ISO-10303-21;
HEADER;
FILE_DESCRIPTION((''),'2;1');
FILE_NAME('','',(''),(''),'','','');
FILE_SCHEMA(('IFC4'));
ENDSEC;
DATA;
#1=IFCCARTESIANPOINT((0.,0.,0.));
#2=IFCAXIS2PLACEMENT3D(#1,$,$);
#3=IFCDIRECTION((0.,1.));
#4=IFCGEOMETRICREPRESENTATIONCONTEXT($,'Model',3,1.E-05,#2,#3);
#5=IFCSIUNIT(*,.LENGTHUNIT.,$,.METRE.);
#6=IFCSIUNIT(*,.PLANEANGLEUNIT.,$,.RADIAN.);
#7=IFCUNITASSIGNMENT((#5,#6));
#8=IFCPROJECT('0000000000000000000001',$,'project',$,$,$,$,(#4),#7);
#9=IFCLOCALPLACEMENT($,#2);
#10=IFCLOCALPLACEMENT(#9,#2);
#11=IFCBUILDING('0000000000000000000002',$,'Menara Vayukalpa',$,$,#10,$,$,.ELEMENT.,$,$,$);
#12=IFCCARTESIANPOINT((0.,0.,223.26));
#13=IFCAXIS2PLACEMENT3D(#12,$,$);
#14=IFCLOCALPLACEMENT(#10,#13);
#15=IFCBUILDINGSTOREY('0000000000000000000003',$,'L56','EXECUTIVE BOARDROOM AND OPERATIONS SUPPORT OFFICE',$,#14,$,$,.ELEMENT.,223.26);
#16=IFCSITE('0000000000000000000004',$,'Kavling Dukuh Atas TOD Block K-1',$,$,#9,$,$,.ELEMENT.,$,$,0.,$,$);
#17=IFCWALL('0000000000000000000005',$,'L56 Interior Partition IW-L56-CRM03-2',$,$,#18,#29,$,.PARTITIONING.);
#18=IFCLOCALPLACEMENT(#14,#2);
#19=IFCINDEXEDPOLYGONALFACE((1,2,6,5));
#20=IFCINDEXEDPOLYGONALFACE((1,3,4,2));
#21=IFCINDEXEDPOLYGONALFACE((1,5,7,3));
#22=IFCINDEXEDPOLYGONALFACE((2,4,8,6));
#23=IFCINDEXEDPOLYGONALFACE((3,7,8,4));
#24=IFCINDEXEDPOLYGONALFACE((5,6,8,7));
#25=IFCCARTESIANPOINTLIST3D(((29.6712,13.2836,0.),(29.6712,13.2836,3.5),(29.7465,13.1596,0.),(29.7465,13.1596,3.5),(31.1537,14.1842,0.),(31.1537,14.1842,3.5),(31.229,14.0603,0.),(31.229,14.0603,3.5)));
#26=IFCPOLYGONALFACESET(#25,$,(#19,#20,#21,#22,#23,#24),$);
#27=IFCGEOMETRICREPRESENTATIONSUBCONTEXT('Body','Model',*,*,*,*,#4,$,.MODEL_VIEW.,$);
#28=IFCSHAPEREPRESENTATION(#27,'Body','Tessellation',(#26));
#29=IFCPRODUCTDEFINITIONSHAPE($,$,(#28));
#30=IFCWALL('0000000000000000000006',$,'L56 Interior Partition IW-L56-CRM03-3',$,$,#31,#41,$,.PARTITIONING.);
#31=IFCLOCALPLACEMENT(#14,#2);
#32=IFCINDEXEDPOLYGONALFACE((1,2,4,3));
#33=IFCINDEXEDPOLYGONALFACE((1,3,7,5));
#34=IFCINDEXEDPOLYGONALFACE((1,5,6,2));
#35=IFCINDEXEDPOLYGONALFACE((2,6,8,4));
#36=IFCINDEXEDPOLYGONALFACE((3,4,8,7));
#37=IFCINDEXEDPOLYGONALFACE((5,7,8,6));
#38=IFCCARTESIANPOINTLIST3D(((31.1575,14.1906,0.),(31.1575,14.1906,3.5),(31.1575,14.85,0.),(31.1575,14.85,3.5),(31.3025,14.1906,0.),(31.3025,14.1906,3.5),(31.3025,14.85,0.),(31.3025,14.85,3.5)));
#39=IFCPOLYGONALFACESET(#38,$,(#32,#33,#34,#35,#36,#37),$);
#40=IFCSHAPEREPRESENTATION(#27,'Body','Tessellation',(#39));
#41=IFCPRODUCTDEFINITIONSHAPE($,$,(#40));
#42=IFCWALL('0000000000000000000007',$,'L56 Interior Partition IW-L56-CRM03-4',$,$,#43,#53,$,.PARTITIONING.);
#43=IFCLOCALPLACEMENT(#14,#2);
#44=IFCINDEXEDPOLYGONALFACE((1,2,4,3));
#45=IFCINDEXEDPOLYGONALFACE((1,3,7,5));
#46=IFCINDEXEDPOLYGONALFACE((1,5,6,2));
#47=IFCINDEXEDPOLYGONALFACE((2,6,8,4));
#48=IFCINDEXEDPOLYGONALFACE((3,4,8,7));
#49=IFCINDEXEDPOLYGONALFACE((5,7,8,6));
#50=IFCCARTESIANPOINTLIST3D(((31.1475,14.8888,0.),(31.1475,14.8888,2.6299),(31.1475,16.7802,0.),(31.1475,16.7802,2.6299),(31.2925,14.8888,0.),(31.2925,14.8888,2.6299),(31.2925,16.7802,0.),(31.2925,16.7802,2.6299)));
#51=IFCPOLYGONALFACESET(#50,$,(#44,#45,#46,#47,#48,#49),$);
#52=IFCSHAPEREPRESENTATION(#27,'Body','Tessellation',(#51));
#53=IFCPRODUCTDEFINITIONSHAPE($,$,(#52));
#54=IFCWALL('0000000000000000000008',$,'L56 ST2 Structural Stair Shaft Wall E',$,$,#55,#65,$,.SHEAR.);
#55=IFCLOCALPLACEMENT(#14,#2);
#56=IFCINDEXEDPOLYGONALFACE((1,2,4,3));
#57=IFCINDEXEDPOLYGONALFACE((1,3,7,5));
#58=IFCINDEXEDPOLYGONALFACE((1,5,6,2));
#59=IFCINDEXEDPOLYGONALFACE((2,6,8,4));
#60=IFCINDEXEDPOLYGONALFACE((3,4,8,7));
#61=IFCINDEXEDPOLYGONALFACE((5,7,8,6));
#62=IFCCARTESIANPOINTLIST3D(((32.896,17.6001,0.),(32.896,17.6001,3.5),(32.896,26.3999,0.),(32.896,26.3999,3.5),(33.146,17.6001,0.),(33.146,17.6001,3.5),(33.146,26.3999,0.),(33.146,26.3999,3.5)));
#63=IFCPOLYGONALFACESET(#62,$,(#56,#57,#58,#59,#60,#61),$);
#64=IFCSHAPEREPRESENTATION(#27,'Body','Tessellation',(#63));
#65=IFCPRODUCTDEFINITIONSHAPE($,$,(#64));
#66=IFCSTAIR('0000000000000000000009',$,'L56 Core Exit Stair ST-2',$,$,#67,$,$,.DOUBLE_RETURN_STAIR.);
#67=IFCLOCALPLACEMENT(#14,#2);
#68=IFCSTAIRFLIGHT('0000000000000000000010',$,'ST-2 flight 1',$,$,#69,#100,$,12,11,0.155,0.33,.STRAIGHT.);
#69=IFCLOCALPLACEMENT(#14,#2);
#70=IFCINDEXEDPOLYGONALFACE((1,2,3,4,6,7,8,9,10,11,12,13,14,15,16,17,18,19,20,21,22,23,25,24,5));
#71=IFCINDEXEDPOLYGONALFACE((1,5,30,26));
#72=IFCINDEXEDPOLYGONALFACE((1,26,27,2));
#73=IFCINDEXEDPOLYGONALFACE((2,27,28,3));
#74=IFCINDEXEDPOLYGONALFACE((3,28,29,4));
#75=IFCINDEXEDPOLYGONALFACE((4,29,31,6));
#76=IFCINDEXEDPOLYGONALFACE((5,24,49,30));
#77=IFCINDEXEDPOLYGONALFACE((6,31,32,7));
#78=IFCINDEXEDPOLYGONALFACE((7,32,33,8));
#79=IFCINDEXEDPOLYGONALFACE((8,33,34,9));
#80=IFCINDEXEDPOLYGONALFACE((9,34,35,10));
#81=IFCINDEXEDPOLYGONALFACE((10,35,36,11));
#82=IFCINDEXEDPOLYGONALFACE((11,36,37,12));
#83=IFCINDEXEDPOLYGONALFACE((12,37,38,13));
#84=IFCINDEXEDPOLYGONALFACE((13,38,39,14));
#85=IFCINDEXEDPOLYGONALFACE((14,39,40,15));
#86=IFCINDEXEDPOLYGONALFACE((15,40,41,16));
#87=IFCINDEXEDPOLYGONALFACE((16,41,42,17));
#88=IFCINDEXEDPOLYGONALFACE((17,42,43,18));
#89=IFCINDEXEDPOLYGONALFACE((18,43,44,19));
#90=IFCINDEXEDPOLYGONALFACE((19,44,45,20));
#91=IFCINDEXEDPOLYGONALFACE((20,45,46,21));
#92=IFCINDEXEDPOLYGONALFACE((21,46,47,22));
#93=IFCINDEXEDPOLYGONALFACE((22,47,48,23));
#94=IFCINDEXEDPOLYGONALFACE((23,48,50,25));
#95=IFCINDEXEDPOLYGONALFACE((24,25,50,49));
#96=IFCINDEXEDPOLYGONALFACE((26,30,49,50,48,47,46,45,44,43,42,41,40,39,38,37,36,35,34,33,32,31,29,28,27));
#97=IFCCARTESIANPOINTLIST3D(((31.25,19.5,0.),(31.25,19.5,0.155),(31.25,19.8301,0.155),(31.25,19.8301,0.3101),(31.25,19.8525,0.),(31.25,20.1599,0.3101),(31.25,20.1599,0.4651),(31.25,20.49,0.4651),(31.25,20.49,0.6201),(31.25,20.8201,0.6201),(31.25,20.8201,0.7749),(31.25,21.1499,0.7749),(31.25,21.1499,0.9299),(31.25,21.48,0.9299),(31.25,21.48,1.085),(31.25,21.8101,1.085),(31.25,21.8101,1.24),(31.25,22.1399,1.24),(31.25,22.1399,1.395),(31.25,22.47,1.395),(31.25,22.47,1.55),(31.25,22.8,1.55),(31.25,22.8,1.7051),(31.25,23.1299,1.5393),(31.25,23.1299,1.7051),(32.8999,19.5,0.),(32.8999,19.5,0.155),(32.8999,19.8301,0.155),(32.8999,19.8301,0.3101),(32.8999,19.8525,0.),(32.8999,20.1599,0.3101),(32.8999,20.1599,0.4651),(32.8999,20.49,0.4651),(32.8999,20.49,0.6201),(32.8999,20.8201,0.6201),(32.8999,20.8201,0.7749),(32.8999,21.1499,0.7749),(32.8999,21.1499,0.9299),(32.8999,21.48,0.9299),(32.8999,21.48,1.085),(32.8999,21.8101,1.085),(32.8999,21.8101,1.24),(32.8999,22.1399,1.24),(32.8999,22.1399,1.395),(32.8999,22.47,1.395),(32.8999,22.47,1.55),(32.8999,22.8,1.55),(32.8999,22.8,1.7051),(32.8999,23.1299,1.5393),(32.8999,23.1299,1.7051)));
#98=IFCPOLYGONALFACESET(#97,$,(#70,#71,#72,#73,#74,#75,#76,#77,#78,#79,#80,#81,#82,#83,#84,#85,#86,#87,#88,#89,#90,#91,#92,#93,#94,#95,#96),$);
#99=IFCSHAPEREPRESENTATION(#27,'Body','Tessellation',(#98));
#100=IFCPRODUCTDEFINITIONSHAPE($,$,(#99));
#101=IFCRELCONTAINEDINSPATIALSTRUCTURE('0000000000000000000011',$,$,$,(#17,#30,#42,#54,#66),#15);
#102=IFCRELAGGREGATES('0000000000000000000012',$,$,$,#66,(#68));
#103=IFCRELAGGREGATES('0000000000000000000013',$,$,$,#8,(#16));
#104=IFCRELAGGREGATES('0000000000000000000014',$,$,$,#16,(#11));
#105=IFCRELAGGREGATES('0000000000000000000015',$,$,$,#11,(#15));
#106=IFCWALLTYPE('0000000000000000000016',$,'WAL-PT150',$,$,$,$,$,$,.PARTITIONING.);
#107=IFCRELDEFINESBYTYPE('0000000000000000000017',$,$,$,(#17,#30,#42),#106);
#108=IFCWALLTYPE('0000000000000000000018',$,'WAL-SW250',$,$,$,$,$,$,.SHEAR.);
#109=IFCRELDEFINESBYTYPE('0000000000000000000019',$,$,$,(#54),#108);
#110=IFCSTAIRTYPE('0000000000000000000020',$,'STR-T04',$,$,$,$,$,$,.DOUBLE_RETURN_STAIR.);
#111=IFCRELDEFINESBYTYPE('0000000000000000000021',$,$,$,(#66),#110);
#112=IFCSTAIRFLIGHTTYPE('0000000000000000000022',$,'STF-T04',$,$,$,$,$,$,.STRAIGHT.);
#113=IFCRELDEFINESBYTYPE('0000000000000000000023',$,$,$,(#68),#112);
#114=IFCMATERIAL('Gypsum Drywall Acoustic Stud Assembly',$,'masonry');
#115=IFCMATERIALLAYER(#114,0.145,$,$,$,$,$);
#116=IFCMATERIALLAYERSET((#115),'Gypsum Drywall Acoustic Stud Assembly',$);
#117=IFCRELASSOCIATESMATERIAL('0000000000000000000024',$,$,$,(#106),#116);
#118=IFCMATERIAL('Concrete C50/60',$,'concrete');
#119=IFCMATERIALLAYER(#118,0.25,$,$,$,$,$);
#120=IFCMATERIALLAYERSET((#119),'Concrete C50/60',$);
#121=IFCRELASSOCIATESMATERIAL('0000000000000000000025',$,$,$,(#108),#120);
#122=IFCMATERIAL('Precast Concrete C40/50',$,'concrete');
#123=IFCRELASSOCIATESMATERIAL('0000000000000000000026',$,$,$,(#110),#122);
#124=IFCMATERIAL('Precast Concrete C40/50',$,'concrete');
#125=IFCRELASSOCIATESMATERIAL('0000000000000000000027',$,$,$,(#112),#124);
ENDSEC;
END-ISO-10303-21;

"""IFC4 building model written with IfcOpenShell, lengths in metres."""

from ifc_helpers import new_model, si_unit, direction, frame, frame_2d, origin, place, context, subcontext, project, spatial, polyline, rectangle, outline, extrude, material, layer, layer_set, type_object, element, aggregate, save


model = new_model("IFC4")

# Units and contexts
model_context = context("Model", 3, precision=1e-05, world=origin(), true_north=direction((0.0, 1.0)))
body_context = subcontext(model_context, "Body", "Model", "MODEL_VIEW")
ifc_project = project(units=[si_unit("LENGTHUNIT", "METRE"), si_unit("PLANEANGLEUNIT", "RADIAN")], contexts=[model_context])

# Site, building, storey
site_placement = place(None, origin())
site = spatial("IfcSite", under=ifc_project, at=site_placement, Name="Kavling Dukuh Atas TOD Block K-1", CompositionType="ELEMENT", RefElevation=0.0)
building_placement = place(site_placement, origin())
building = spatial("IfcBuilding", under=site, at=building_placement, Name="Menara Vayukalpa", CompositionType="ELEMENT")
storey_placement = place(building_placement, frame((0.0, 0.0, 223.26)))
storey = spatial("IfcBuildingStorey", under=building, at=storey_placement, Name="L56", Description="EXECUTIVE BOARDROOM AND OPERATIONS SUPPORT OFFICE", CompositionType="ELEMENT", Elevation=223.26)

# Walls
ifc_material_1 = material(Name="Gypsum Drywall Acoustic Stud Assembly", Category="masonry")
ifc_layer_1 = layer(ifc_material_1, 0.145)
ifc_layer_set_1 = layer_set([ifc_layer_1], Name="Gypsum Drywall Acoustic Stud Assembly")
wall_type_1 = type_object("IfcWallType", Name="WAL-PT150", PredefinedType="PARTITIONING", material=ifc_layer_set_1)
wall_1_placement = place(storey_placement, frame((29.709, 13.2217, 0.0), z_axis=(0.0, 0.0, 1.0), x_axis=(0.854636, 0.519228, 0.0)))
element("IfcWall", 1, at=wall_1_placement, inside=storey, type_object=wall_type_1, Name="L56 Interior Partition IW-L56-CRM03-2", PredefinedType="PARTITIONING", context=body_context, shape_type="SweptSolid", body=[
    extrude(rectangle(XDim=1.7346, YDim=0.145, at=frame_2d((0.8672, 0.0))), origin(), (0.0, 0.0, 1.0), 3.5),
])
wall_2_placement = place(storey_placement, frame((31.23, 14.1907, 0.0), z_axis=(0.0, 0.0, 1.0), x_axis=(0.0, 1.0, 0.0)))
element("IfcWall", 2, at=wall_2_placement, inside=storey, type_object=wall_type_1, Name="L56 Interior Partition IW-L56-CRM03-3", PredefinedType="PARTITIONING", context=body_context, shape_type="SweptSolid", body=[
    extrude(rectangle(XDim=0.6594, YDim=0.145, at=frame_2d((0.3296, 0.0))), origin(), (0.0, 0.0, 1.0), 3.5),
])
wall_3_placement = place(storey_placement, frame((31.22, 14.8887, 0.0), z_axis=(0.0, 0.0, 1.0), x_axis=(0.0, 1.0, 0.0)))
element("IfcWall", 3, at=wall_3_placement, inside=storey, type_object=wall_type_1, Name="L56 Interior Partition IW-L56-CRM03-4", PredefinedType="PARTITIONING", context=body_context, shape_type="SweptSolid", body=[
    extrude(rectangle(XDim=1.8914, YDim=0.145, at=frame_2d((0.9458, 0.0))), origin(), (0.0, 0.0, 1.0), 2.6299),
])
ifc_material_2 = material(Name="Concrete C50/60", Category="concrete")
ifc_layer_2 = layer(ifc_material_2, 0.25)
ifc_layer_set_2 = layer_set([ifc_layer_2], Name="Concrete C50/60")
wall_type_2 = type_object("IfcWallType", Name="WAL-SW250", PredefinedType="SHEAR", material=ifc_layer_set_2)
wall_4_placement = place(storey_placement, frame((33.021, 17.6001, 0.0), z_axis=(0.0, 0.0, 1.0), x_axis=(0.0, 1.0, 0.0)))
element("IfcWall", 4, at=wall_4_placement, inside=storey, type_object=wall_type_2, Name="L56 ST2 Structural Stair Shaft Wall E", PredefinedType="SHEAR", context=body_context, shape_type="SweptSolid", body=[
    extrude(rectangle(XDim=8.7998, YDim=0.25, at=frame_2d((4.3999, 0.0))), origin(), (0.0, 0.0, 1.0), 3.5),
])

# Stair, stair flight
ifc_material_3 = material(Name="Precast Concrete C40/50", Category="concrete")
stair_type = type_object("IfcStairType", Name="STR-T04", PredefinedType="DOUBLE_RETURN_STAIR", material=ifc_material_3)
stair_placement = place(storey_placement, origin())
stair = element("IfcStair", 5, at=stair_placement, inside=storey, type_object=stair_type, Name="L56 Core Exit Stair ST-2", PredefinedType="DOUBLE_RETURN_STAIR")
ifc_material_4 = material(Name="Precast Concrete C40/50", Category="concrete")
stair_flight_type = type_object("IfcStairFlightType", Name="STF-T04", PredefinedType="STRAIGHT", material=ifc_material_4)
stair_flight_placement = place(storey_placement, frame((32.075, 19.5, 0.0), z_axis=(0.0, 0.0, 1.0), x_axis=(0.0, 1.0, 0.0)))
stair_flight = element("IfcStairFlight", 6, at=stair_flight_placement, type_object=stair_flight_type, Name="ST-2 flight 1", NumberOfRisers=12, NumberOfTreads=11, PredefinedType="STRAIGHT", RiserHeight=0.155, TreadLength=0.33, context=body_context, shape_type="SweptSolid", body=[
    extrude(outline(polyline([(0.0, 0.0), (0.0, 0.155), (0.3301, 0.155), (0.3301, 0.3101), (0.6599, 0.3101), (0.6599, 0.4651), (0.99, 0.4651), (0.99, 0.6201), (1.3201, 0.6201), (1.3201, 0.7749), (1.6499, 0.7749), (1.6499, 0.9299), (1.98, 0.9299), (1.98, 1.085), (2.3101, 1.085), (2.3101, 1.24), (2.6399, 1.24), (2.6399, 1.395), (2.97, 1.395), (2.97, 1.55), (3.3, 1.55), (3.3, 1.7051), (3.6299, 1.7051), (3.6299, 1.8601), (3.6299, 1.5393), (0.3525, 0.0), (0.0, 0.0)])), frame((0.0, 0.825, 0.0), z_axis=(0.0, -1.0, 0.0), x_axis=(1.0, 0.0, 0.0)), (0.0, 0.0, 1.0), 1.6499),
])
aggregate(stair, [stair_flight])

save(model, "model.ifc")
